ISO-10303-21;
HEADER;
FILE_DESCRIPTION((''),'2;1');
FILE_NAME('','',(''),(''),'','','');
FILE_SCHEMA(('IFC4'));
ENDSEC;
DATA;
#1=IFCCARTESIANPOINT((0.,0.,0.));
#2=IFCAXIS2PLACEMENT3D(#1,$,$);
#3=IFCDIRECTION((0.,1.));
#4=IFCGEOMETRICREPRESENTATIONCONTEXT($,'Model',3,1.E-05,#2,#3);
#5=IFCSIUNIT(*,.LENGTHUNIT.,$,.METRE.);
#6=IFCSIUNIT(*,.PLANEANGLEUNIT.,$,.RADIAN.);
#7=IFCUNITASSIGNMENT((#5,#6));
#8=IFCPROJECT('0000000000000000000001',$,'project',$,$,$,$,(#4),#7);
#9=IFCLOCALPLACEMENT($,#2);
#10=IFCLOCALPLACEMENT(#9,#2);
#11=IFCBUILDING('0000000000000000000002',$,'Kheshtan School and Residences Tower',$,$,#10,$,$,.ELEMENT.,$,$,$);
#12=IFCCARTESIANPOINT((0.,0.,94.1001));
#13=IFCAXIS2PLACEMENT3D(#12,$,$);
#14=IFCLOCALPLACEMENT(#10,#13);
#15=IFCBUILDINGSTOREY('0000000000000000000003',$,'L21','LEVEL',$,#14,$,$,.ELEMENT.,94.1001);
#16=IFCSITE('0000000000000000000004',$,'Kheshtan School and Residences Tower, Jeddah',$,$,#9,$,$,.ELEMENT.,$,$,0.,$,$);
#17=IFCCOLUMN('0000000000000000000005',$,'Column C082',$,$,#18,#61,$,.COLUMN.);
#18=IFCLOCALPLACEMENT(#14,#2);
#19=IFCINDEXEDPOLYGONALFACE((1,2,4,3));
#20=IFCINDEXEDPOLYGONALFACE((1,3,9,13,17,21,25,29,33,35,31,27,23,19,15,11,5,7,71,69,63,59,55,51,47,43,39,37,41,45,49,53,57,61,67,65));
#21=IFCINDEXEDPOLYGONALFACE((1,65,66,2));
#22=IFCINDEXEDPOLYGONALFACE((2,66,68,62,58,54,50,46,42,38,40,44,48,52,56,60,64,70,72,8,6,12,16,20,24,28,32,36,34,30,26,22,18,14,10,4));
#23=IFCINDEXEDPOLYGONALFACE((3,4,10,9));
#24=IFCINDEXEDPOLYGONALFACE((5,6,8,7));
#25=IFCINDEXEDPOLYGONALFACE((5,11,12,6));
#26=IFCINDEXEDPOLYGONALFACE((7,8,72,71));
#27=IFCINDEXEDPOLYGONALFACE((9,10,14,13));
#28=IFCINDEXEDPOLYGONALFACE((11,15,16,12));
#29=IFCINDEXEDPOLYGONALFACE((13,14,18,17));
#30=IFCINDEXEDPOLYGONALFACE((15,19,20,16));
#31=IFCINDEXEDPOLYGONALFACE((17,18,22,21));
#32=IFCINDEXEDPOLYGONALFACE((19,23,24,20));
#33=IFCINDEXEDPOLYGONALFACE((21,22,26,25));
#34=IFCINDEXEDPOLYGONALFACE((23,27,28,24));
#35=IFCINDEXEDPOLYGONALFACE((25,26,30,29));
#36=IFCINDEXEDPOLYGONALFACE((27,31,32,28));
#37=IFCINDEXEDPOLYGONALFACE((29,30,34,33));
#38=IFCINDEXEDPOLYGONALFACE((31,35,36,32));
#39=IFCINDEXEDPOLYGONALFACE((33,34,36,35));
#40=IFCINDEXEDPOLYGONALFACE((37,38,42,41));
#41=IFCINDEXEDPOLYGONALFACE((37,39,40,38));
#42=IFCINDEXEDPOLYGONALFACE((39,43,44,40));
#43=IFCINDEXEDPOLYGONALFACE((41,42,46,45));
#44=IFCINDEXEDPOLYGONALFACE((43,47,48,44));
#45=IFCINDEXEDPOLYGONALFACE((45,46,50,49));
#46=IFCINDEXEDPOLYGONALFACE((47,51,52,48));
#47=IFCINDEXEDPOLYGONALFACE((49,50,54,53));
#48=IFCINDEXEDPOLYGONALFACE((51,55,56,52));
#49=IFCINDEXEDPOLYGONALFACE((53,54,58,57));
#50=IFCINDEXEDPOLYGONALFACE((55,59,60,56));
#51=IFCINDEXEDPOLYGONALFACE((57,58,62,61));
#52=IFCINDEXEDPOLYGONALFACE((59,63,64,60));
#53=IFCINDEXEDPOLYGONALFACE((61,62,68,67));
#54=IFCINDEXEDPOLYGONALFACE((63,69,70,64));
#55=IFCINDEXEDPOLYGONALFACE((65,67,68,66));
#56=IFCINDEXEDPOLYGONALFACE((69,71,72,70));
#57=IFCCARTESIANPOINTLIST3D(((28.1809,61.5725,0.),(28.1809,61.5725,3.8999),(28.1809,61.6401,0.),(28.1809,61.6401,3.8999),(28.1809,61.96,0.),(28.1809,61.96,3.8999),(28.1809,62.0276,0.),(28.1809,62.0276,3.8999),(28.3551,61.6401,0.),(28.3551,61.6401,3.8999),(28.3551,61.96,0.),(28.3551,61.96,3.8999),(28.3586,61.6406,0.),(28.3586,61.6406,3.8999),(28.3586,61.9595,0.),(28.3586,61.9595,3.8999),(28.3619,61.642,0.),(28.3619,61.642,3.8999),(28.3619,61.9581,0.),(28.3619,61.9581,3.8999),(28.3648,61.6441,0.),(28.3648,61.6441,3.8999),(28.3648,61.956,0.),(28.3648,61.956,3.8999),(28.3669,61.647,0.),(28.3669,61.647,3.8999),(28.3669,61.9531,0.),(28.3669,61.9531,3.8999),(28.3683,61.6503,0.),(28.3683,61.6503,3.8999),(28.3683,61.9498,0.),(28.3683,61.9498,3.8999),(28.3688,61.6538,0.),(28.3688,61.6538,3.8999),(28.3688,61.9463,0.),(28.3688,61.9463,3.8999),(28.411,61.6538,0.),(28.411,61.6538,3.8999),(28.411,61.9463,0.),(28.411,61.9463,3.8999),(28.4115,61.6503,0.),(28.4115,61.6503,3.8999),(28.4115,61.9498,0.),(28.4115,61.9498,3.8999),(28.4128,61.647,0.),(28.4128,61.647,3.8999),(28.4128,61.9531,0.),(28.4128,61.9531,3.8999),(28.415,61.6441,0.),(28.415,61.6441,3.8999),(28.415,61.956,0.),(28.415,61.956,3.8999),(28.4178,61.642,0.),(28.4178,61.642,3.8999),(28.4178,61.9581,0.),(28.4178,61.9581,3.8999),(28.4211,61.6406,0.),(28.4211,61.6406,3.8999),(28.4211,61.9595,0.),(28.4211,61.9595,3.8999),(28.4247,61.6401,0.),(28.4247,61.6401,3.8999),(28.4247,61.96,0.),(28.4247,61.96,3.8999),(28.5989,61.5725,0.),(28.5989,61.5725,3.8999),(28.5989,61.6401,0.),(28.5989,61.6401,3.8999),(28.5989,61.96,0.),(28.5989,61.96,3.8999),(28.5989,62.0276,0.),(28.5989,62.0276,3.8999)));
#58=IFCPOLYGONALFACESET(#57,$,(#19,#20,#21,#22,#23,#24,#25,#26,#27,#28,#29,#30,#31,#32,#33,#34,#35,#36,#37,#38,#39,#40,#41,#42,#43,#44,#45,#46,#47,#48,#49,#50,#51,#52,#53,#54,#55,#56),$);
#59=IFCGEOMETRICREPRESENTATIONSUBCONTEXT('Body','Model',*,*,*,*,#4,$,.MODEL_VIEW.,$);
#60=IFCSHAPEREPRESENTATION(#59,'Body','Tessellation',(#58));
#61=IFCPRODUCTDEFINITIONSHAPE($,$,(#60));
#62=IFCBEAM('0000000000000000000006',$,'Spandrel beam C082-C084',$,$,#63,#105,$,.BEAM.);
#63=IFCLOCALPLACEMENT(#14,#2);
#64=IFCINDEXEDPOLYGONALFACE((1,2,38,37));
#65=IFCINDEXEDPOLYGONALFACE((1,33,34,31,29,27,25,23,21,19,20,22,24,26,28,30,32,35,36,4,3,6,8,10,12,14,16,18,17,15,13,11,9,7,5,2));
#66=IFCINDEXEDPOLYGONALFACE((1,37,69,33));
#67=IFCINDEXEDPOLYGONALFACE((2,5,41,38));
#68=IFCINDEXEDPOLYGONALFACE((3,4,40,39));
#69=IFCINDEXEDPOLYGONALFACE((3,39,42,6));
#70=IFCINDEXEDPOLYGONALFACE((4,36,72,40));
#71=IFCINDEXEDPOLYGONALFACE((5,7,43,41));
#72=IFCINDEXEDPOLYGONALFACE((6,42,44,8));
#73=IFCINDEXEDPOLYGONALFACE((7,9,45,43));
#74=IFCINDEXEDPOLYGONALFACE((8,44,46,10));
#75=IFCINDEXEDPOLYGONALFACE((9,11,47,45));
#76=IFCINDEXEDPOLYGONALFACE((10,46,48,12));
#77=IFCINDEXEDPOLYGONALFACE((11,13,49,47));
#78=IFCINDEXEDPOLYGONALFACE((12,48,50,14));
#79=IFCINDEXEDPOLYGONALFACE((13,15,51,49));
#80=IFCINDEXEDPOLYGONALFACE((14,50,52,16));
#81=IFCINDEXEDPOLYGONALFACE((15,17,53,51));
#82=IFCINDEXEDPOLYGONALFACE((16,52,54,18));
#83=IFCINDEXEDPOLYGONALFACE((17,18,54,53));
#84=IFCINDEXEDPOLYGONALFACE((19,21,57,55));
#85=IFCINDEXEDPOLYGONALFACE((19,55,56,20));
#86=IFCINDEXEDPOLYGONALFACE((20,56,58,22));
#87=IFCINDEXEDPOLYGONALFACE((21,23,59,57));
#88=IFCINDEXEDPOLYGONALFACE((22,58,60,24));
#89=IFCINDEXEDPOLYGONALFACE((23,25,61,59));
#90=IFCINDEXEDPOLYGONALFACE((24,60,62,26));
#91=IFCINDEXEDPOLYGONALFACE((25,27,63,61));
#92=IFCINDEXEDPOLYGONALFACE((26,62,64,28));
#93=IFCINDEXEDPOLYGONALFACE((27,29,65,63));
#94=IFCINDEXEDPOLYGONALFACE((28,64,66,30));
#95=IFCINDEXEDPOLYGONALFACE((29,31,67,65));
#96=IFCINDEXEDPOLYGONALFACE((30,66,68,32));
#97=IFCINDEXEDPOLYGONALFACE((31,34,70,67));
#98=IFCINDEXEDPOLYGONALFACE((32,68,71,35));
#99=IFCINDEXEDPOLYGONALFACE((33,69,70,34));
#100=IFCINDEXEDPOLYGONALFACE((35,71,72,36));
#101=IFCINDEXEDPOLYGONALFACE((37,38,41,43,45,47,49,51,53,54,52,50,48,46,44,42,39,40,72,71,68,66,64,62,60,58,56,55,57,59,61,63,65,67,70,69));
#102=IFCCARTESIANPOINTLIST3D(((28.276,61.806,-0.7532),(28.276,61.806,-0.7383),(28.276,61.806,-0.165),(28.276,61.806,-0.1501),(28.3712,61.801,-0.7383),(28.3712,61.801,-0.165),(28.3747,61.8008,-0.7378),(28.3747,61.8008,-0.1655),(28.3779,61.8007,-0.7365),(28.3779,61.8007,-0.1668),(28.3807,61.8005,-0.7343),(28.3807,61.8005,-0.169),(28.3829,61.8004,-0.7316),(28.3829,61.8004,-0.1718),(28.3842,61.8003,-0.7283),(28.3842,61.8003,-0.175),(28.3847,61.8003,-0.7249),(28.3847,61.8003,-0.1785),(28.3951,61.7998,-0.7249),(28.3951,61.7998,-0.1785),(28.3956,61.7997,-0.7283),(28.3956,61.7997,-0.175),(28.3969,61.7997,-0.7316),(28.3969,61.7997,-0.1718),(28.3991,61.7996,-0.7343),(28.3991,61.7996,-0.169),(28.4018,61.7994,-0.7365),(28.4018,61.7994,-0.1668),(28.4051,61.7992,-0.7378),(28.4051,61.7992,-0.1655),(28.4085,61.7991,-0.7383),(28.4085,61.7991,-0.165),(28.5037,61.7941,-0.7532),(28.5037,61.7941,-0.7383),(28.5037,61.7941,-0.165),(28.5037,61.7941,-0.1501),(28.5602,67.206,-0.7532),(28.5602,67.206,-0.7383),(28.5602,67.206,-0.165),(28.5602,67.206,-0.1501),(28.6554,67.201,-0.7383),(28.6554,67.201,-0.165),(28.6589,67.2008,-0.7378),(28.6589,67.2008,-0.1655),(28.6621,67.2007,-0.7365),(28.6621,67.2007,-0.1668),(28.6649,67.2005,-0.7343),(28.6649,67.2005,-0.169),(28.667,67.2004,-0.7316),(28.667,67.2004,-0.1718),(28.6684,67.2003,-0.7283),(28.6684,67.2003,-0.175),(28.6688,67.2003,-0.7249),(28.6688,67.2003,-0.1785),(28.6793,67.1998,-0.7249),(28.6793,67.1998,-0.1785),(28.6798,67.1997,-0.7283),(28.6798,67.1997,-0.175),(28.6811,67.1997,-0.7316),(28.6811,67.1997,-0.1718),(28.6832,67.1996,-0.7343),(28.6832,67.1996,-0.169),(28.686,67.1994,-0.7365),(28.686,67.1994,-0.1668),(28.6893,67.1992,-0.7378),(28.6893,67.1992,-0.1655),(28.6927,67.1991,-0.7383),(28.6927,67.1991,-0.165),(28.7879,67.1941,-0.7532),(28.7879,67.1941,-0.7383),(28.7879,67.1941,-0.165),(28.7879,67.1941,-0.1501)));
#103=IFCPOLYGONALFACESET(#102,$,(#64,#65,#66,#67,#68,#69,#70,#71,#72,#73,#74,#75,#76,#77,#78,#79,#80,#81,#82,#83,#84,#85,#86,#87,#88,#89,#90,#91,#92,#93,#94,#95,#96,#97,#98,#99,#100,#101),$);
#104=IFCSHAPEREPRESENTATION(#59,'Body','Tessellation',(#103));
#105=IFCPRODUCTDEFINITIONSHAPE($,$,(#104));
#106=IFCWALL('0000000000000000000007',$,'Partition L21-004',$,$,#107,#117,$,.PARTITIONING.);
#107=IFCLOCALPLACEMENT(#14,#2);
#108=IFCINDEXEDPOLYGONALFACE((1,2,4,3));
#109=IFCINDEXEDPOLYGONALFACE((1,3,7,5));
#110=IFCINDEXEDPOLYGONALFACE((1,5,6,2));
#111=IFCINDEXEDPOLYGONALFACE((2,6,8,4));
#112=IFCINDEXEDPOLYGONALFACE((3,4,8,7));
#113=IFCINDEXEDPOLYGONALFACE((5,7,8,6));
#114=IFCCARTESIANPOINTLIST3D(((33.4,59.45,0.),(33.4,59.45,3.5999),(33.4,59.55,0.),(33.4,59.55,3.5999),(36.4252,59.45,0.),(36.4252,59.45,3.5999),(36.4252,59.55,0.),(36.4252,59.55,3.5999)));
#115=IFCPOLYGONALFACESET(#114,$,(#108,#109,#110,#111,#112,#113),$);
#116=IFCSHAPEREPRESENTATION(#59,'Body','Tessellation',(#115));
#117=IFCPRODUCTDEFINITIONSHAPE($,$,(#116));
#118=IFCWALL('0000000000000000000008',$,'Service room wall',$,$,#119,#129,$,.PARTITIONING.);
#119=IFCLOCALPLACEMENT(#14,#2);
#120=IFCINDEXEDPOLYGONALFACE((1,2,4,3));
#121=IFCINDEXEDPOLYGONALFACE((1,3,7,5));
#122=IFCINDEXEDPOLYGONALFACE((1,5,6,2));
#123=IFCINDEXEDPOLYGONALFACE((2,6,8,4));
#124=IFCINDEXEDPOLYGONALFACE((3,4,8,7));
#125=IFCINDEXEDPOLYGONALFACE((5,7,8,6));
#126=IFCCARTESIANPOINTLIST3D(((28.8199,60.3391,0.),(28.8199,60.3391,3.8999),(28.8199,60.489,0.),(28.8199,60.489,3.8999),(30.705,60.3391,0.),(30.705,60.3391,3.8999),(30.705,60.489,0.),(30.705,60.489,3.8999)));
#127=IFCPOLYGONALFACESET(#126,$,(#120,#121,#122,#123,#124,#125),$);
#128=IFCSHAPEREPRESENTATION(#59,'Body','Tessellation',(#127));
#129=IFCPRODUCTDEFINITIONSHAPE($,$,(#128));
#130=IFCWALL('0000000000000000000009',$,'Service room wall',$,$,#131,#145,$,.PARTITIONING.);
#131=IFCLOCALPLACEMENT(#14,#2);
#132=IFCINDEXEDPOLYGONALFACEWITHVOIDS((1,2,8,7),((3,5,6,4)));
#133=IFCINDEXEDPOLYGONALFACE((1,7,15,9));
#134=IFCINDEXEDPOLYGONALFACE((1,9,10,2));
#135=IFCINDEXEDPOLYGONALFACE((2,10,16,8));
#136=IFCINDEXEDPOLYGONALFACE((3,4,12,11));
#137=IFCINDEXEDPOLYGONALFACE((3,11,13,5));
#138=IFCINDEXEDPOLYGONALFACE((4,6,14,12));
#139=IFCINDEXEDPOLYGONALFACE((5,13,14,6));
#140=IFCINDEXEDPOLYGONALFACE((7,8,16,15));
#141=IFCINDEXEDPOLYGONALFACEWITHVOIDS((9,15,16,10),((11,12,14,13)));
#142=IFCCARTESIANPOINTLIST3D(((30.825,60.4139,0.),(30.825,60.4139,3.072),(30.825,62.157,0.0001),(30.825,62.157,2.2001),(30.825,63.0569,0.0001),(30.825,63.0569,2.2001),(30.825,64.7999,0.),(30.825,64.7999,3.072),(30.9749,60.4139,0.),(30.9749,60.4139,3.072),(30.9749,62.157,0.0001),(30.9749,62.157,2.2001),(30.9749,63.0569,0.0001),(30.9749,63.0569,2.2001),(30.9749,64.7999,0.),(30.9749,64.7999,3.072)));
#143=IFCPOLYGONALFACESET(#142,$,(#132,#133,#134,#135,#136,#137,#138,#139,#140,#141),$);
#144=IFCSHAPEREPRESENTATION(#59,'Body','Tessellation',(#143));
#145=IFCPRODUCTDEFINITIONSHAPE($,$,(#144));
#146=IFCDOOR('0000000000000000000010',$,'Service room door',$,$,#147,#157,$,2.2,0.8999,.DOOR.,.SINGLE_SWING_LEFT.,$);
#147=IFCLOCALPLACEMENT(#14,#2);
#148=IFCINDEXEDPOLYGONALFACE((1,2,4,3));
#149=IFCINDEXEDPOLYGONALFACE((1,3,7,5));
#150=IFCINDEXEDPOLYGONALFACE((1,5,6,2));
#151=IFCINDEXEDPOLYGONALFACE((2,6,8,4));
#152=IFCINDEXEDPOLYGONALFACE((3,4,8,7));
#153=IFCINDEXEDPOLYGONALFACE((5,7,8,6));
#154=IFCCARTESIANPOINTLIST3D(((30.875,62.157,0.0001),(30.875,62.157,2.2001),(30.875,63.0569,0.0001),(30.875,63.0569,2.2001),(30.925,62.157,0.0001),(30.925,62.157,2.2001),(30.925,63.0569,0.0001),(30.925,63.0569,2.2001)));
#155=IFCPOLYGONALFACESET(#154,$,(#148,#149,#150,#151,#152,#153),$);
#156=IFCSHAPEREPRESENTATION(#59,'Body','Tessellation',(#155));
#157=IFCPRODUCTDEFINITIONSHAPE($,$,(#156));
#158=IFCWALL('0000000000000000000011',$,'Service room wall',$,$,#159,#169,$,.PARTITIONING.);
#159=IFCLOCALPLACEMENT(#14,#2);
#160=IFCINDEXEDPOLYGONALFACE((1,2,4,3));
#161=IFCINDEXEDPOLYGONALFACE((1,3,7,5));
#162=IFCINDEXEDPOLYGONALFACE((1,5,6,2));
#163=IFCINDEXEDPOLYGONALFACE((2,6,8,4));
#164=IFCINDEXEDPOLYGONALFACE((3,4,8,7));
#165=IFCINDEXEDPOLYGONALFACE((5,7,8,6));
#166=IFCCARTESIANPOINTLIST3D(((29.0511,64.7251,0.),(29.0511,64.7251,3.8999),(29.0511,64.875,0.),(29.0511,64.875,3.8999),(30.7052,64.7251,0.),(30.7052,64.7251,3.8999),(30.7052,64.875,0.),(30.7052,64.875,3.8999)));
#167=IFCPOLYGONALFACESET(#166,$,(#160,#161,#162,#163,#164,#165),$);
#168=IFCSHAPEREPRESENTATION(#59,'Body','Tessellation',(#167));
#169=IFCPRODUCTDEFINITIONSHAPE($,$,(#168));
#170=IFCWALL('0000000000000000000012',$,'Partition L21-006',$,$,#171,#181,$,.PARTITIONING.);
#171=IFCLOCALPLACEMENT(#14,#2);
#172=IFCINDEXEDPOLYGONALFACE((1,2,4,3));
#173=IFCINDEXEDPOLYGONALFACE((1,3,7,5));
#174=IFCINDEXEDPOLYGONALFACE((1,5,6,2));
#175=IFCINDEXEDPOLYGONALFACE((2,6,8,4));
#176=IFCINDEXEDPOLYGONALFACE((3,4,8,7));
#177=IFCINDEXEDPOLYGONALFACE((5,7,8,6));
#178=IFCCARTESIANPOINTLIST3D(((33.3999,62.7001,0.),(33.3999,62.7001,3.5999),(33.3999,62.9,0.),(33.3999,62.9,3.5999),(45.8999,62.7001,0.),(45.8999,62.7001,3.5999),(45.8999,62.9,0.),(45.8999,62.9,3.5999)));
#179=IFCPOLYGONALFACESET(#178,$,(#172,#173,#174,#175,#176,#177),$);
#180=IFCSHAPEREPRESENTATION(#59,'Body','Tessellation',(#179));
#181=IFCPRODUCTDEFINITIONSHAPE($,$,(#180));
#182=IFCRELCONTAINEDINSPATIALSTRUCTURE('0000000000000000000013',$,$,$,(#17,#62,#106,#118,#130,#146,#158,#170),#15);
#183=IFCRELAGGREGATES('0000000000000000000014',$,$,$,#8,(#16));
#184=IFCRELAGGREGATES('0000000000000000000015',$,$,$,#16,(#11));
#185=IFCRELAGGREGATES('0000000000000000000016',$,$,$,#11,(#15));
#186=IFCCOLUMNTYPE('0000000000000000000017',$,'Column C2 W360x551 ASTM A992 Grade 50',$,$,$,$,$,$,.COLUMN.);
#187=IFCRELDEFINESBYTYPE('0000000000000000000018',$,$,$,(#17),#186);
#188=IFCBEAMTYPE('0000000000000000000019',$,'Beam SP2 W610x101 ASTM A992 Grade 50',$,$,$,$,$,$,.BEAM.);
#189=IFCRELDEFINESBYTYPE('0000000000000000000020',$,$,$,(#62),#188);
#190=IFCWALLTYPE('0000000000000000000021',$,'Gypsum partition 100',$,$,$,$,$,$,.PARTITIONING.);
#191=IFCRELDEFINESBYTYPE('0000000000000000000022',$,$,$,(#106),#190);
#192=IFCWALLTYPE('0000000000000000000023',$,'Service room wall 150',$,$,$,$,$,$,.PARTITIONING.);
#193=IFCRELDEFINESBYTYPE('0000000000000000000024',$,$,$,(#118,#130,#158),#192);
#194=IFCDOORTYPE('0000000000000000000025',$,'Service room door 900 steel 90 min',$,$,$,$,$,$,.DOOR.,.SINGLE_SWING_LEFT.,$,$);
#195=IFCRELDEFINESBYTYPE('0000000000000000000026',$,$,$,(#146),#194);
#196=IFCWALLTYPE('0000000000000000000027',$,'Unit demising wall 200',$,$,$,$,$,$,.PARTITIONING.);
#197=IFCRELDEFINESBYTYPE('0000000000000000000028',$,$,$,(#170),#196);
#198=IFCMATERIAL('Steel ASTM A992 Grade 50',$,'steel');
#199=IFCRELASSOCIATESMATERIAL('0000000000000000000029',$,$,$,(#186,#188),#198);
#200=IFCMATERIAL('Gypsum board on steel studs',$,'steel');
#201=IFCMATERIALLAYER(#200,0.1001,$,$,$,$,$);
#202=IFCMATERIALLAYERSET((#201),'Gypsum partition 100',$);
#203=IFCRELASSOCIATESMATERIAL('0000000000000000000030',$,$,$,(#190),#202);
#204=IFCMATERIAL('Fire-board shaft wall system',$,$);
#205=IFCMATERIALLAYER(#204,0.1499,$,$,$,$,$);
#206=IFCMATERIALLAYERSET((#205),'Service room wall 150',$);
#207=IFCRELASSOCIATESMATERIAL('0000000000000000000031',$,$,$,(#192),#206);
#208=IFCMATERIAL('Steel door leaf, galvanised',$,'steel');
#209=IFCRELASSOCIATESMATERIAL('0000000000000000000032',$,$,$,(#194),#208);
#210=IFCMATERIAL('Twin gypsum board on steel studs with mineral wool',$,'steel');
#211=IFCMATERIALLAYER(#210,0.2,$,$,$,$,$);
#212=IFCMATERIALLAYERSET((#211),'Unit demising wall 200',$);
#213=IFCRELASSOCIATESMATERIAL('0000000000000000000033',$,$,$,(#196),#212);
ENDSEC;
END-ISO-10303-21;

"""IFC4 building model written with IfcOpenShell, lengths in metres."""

from ifc_helpers import new_model, si_unit, direction, frame, frame_2d, origin, origin_2d, place, context, subcontext, project, spatial, rectangle, i_section, extrude, source, transform, mapped, material, layer, layer_set, material_profile, profile_set, type_object, element, fill, save


model = new_model("IFC4")

# Units and contexts
model_context = context("Model", 3, precision=1e-05, world=origin(), true_north=direction((0.0, 1.0)))
body_context = subcontext(model_context, "Body", "Model", "MODEL_VIEW")
ifc_project = project(units=[si_unit("LENGTHUNIT", "METRE"), si_unit("PLANEANGLEUNIT", "RADIAN")], contexts=[model_context])

# Site, building, storey
site_placement = place(None, origin())
site = spatial("IfcSite", under=ifc_project, at=site_placement, Name="Kheshtan School and Residences Tower, Jeddah", CompositionType="ELEMENT", RefElevation=0.0)
building_placement = place(site_placement, origin())
building = spatial("IfcBuilding", under=site, at=building_placement, Name="Kheshtan School and Residences Tower", CompositionType="ELEMENT")
storey_placement = place(building_placement, frame((0.0, 0.0, 94.1001)))
storey = spatial("IfcBuildingStorey", under=building, at=storey_placement, Name="L21", Description="LEVEL", CompositionType="ELEMENT", Elevation=94.1001)

# Column
ifc_material_1 = material(Name="Steel ASTM A992 Grade 50", Category="steel")
ifc_material_profile_1 = material_profile(ifc_material_1, i_section(OverallWidth=0.418, OverallDepth=0.4551, WebThickness=0.0422, FlangeThickness=0.0676, FilletRadius=0.0137, at=origin_2d()), Name="W360x551")
ifc_profile_set_1 = profile_set([ifc_material_profile_1], Name="Steel ASTM A992 Grade 50")
column_type = type_object("IfcColumnType", Name="Column C2 W360x551 ASTM A992 Grade 50", PredefinedType="COLUMN", material=ifc_profile_set_1)
column_placement = place(storey_placement, frame((28.3899, 61.8, 0.0), z_axis=(0.0, 0.0, 1.0), x_axis=(1.0, 0.0, 0.0)))
element("IfcColumn", 1, at=column_placement, inside=storey, type_object=column_type, Name="Column C082", PredefinedType="COLUMN", context=body_context, shape_type="SweptSolid", body=[
    extrude(i_section(OverallWidth=0.418, OverallDepth=0.4551, WebThickness=0.0422, FlangeThickness=0.0676, FilletRadius=0.0137, at=origin_2d()), origin(), (0.0, 0.0, 1.0), 3.8999),
])

# Beam
ifc_material_profile_2 = material_profile(ifc_material_1, i_section(OverallWidth=0.228, OverallDepth=0.603, WebThickness=0.0105, FlangeThickness=0.0149, FilletRadius=0.0134, at=origin_2d()), Name="W610x101")
ifc_profile_set_2 = profile_set([ifc_material_profile_2], Name="Steel ASTM A992 Grade 50")
beam_type = type_object("IfcBeamType", Name="Beam SP2 W610x101 ASTM A992 Grade 50", PredefinedType="BEAM", material=ifc_profile_set_2)
beam_placement = place(storey_placement, frame((28.3899, 61.8, -0.4517), z_axis=(0.052554, 0.998618, 0.0), x_axis=(-0.998618, 0.052554, 0.0)))
element("IfcBeam", 2, at=beam_placement, inside=storey, type_object=beam_type, Name="Spandrel beam C082-C084", PredefinedType="BEAM", context=body_context, shape_type="SweptSolid", body=[
    extrude(i_section(OverallWidth=0.228, OverallDepth=0.603, WebThickness=0.0105, FlangeThickness=0.0149, FilletRadius=0.0134, at=origin_2d()), origin(), (0.0, 0.0, 1.0), 5.4075),
])

# Walls
ifc_material_2 = material(Name="Gypsum board on steel studs", Category="steel")
ifc_layer_1 = layer(ifc_material_2, 0.1001)
ifc_layer_set_1 = layer_set([ifc_layer_1], Name="Gypsum partition 100")
wall_type_1 = type_object("IfcWallType", Name="Gypsum partition 100", PredefinedType="PARTITIONING", material=ifc_layer_set_1)
wall_1_placement = place(storey_placement, frame((33.3999, 59.5, 0.0), z_axis=(0.0, 0.0, 1.0), x_axis=(1.0, 0.0, 0.0)))
element("IfcWall", 3, at=wall_1_placement, inside=storey, type_object=wall_type_1, Name="Partition L21-004", PredefinedType="PARTITIONING", context=body_context, shape_type="SweptSolid", body=[
    extrude(rectangle(XDim=3.0251, YDim=0.1001, at=frame_2d((1.5127, 0.0))), origin(), (0.0, 0.0, 1.0), 3.5999),
])
ifc_material_3 = material(Name="Fire-board shaft wall system")
ifc_layer_2 = layer(ifc_material_3, 0.1499)
ifc_layer_set_2 = layer_set([ifc_layer_2], Name="Service room wall 150")
wall_type_2 = type_object("IfcWallType", Name="Service room wall 150", PredefinedType="PARTITIONING", material=ifc_layer_set_2)
wall_2_placement = place(storey_placement, frame((28.8201, 60.4141, 0.0), z_axis=(0.0, 0.0, 1.0), x_axis=(1.0, 0.0, 0.0)))
element("IfcWall", 4, at=wall_2_placement, inside=storey, type_object=wall_type_2, Name="Service room wall", PredefinedType="PARTITIONING", context=body_context, shape_type="SweptSolid", body=[
    extrude(rectangle(XDim=1.885, YDim=0.1499, at=frame_2d((0.9424, 0.0))), origin(), (0.0, 0.0, 1.0), 3.8999),
])

# Wall, opening, door
wall_3_placement = place(storey_placement, frame((30.8999, 60.4141, 0.0), z_axis=(0.0, 0.0, 1.0), x_axis=(0.0, 1.0, 0.0)))
wall_3 = element("IfcWall", 5, at=wall_3_placement, inside=storey, type_object=wall_type_2, Name="Service room wall", PredefinedType="PARTITIONING", context=body_context, shape_type="SweptSolid", body=[
    extrude(rectangle(XDim=4.386, YDim=0.1499, at=frame_2d((2.1929, 0.0))), origin(), (0.0, 0.0, 1.0), 3.072),
])
opening_1_placement = place(wall_3_placement, frame((1.7429, 0.0, 0.0)))
opening_1 = element("IfcOpeningElement", 6, at=opening_1_placement, cuts=wall_3, PredefinedType="OPENING", context=body_context, shape_type="SweptSolid", body=[
    extrude(rectangle(XDim=0.8999, YDim=2.2, at=frame_2d((0.45, 1.1001))), frame((0.0, 0.085, 0.0), z_axis=(0.0, -1.0, 0.0), x_axis=(1.0, 0.0, 0.0)), (0.0, 0.0, 1.0), 0.1699),
])
ifc_material_4 = material(Name="Steel door leaf, galvanised", Category="steel")
door_type_1 = type_object("IfcDoorType", Name="Service room door 900 steel 90 min", OperationType="SINGLE_SWING_LEFT", PredefinedType="DOOR", material=ifc_material_4)
shared_shape_1 = source(origin(), body_context, "Body", "SweptSolid", [
    extrude(rectangle(XDim=0.8999, YDim=2.2, at=frame_2d((0.45, 1.1001))), frame((0.0, 0.0249, 0.0), z_axis=(0.0, -1.0, 0.0), x_axis=(1.0, 0.0, 0.0)), (0.0, 0.0, 1.0), 0.05),
])
door_1_placement = place(opening_1_placement, origin())
door_1 = element("IfcDoor", 7, at=door_1_placement, inside=storey, type_object=door_type_1, Name="Service room door", OperationType="SINGLE_SWING_LEFT", OverallHeight=2.2, OverallWidth=0.8999, PredefinedType="DOOR", context=body_context, shape_type="MappedRepresentation", body=[
    mapped(shared_shape_1, transform((0.0, 0.0, 0.0), x_axis=(1.0, 0.0, 0.0), y_axis=(0.0, 1.0, 0.0), z_axis=(0.0, 0.0, 1.0), scale=1.0)),
])
fill(opening_1, door_1)

# Walls
wall_4_placement = place(storey_placement, frame((29.051, 64.8, 0.0), z_axis=(0.0, 0.0, 1.0), x_axis=(1.0, 0.0, 0.0)))
element("IfcWall", 8, at=wall_4_placement, inside=storey, type_object=wall_type_2, Name="Service room wall", PredefinedType="PARTITIONING", context=body_context, shape_type="SweptSolid", body=[
    extrude(rectangle(XDim=1.6541, YDim=0.1499, at=frame_2d((0.8271, 0.0))), origin(), (0.0, 0.0, 1.0), 3.8999),
])
ifc_material_5 = material(Name="Twin gypsum board on steel studs with mineral wool", Category="steel")
ifc_layer_3 = layer(ifc_material_5, 0.2)
ifc_layer_set_3 = layer_set([ifc_layer_3], Name="Unit demising wall 200")
wall_type_3 = type_object("IfcWallType", Name="Unit demising wall 200", PredefinedType="PARTITIONING", material=ifc_layer_set_3)
wall_5_placement = place(storey_placement, frame((33.3999, 62.8, 0.0), z_axis=(0.0, 0.0, 1.0), x_axis=(1.0, 0.0, 0.0)))
element("IfcWall", 9, at=wall_5_placement, inside=storey, type_object=wall_type_3, Name="Partition L21-006", PredefinedType="PARTITIONING", context=body_context, shape_type="SweptSolid", body=[
    extrude(rectangle(XDim=12.5, YDim=0.2, at=frame_2d((6.25, 0.0))), origin(), (0.0, 0.0, 1.0), 3.5999),
])

save(model, "model.ifc")
